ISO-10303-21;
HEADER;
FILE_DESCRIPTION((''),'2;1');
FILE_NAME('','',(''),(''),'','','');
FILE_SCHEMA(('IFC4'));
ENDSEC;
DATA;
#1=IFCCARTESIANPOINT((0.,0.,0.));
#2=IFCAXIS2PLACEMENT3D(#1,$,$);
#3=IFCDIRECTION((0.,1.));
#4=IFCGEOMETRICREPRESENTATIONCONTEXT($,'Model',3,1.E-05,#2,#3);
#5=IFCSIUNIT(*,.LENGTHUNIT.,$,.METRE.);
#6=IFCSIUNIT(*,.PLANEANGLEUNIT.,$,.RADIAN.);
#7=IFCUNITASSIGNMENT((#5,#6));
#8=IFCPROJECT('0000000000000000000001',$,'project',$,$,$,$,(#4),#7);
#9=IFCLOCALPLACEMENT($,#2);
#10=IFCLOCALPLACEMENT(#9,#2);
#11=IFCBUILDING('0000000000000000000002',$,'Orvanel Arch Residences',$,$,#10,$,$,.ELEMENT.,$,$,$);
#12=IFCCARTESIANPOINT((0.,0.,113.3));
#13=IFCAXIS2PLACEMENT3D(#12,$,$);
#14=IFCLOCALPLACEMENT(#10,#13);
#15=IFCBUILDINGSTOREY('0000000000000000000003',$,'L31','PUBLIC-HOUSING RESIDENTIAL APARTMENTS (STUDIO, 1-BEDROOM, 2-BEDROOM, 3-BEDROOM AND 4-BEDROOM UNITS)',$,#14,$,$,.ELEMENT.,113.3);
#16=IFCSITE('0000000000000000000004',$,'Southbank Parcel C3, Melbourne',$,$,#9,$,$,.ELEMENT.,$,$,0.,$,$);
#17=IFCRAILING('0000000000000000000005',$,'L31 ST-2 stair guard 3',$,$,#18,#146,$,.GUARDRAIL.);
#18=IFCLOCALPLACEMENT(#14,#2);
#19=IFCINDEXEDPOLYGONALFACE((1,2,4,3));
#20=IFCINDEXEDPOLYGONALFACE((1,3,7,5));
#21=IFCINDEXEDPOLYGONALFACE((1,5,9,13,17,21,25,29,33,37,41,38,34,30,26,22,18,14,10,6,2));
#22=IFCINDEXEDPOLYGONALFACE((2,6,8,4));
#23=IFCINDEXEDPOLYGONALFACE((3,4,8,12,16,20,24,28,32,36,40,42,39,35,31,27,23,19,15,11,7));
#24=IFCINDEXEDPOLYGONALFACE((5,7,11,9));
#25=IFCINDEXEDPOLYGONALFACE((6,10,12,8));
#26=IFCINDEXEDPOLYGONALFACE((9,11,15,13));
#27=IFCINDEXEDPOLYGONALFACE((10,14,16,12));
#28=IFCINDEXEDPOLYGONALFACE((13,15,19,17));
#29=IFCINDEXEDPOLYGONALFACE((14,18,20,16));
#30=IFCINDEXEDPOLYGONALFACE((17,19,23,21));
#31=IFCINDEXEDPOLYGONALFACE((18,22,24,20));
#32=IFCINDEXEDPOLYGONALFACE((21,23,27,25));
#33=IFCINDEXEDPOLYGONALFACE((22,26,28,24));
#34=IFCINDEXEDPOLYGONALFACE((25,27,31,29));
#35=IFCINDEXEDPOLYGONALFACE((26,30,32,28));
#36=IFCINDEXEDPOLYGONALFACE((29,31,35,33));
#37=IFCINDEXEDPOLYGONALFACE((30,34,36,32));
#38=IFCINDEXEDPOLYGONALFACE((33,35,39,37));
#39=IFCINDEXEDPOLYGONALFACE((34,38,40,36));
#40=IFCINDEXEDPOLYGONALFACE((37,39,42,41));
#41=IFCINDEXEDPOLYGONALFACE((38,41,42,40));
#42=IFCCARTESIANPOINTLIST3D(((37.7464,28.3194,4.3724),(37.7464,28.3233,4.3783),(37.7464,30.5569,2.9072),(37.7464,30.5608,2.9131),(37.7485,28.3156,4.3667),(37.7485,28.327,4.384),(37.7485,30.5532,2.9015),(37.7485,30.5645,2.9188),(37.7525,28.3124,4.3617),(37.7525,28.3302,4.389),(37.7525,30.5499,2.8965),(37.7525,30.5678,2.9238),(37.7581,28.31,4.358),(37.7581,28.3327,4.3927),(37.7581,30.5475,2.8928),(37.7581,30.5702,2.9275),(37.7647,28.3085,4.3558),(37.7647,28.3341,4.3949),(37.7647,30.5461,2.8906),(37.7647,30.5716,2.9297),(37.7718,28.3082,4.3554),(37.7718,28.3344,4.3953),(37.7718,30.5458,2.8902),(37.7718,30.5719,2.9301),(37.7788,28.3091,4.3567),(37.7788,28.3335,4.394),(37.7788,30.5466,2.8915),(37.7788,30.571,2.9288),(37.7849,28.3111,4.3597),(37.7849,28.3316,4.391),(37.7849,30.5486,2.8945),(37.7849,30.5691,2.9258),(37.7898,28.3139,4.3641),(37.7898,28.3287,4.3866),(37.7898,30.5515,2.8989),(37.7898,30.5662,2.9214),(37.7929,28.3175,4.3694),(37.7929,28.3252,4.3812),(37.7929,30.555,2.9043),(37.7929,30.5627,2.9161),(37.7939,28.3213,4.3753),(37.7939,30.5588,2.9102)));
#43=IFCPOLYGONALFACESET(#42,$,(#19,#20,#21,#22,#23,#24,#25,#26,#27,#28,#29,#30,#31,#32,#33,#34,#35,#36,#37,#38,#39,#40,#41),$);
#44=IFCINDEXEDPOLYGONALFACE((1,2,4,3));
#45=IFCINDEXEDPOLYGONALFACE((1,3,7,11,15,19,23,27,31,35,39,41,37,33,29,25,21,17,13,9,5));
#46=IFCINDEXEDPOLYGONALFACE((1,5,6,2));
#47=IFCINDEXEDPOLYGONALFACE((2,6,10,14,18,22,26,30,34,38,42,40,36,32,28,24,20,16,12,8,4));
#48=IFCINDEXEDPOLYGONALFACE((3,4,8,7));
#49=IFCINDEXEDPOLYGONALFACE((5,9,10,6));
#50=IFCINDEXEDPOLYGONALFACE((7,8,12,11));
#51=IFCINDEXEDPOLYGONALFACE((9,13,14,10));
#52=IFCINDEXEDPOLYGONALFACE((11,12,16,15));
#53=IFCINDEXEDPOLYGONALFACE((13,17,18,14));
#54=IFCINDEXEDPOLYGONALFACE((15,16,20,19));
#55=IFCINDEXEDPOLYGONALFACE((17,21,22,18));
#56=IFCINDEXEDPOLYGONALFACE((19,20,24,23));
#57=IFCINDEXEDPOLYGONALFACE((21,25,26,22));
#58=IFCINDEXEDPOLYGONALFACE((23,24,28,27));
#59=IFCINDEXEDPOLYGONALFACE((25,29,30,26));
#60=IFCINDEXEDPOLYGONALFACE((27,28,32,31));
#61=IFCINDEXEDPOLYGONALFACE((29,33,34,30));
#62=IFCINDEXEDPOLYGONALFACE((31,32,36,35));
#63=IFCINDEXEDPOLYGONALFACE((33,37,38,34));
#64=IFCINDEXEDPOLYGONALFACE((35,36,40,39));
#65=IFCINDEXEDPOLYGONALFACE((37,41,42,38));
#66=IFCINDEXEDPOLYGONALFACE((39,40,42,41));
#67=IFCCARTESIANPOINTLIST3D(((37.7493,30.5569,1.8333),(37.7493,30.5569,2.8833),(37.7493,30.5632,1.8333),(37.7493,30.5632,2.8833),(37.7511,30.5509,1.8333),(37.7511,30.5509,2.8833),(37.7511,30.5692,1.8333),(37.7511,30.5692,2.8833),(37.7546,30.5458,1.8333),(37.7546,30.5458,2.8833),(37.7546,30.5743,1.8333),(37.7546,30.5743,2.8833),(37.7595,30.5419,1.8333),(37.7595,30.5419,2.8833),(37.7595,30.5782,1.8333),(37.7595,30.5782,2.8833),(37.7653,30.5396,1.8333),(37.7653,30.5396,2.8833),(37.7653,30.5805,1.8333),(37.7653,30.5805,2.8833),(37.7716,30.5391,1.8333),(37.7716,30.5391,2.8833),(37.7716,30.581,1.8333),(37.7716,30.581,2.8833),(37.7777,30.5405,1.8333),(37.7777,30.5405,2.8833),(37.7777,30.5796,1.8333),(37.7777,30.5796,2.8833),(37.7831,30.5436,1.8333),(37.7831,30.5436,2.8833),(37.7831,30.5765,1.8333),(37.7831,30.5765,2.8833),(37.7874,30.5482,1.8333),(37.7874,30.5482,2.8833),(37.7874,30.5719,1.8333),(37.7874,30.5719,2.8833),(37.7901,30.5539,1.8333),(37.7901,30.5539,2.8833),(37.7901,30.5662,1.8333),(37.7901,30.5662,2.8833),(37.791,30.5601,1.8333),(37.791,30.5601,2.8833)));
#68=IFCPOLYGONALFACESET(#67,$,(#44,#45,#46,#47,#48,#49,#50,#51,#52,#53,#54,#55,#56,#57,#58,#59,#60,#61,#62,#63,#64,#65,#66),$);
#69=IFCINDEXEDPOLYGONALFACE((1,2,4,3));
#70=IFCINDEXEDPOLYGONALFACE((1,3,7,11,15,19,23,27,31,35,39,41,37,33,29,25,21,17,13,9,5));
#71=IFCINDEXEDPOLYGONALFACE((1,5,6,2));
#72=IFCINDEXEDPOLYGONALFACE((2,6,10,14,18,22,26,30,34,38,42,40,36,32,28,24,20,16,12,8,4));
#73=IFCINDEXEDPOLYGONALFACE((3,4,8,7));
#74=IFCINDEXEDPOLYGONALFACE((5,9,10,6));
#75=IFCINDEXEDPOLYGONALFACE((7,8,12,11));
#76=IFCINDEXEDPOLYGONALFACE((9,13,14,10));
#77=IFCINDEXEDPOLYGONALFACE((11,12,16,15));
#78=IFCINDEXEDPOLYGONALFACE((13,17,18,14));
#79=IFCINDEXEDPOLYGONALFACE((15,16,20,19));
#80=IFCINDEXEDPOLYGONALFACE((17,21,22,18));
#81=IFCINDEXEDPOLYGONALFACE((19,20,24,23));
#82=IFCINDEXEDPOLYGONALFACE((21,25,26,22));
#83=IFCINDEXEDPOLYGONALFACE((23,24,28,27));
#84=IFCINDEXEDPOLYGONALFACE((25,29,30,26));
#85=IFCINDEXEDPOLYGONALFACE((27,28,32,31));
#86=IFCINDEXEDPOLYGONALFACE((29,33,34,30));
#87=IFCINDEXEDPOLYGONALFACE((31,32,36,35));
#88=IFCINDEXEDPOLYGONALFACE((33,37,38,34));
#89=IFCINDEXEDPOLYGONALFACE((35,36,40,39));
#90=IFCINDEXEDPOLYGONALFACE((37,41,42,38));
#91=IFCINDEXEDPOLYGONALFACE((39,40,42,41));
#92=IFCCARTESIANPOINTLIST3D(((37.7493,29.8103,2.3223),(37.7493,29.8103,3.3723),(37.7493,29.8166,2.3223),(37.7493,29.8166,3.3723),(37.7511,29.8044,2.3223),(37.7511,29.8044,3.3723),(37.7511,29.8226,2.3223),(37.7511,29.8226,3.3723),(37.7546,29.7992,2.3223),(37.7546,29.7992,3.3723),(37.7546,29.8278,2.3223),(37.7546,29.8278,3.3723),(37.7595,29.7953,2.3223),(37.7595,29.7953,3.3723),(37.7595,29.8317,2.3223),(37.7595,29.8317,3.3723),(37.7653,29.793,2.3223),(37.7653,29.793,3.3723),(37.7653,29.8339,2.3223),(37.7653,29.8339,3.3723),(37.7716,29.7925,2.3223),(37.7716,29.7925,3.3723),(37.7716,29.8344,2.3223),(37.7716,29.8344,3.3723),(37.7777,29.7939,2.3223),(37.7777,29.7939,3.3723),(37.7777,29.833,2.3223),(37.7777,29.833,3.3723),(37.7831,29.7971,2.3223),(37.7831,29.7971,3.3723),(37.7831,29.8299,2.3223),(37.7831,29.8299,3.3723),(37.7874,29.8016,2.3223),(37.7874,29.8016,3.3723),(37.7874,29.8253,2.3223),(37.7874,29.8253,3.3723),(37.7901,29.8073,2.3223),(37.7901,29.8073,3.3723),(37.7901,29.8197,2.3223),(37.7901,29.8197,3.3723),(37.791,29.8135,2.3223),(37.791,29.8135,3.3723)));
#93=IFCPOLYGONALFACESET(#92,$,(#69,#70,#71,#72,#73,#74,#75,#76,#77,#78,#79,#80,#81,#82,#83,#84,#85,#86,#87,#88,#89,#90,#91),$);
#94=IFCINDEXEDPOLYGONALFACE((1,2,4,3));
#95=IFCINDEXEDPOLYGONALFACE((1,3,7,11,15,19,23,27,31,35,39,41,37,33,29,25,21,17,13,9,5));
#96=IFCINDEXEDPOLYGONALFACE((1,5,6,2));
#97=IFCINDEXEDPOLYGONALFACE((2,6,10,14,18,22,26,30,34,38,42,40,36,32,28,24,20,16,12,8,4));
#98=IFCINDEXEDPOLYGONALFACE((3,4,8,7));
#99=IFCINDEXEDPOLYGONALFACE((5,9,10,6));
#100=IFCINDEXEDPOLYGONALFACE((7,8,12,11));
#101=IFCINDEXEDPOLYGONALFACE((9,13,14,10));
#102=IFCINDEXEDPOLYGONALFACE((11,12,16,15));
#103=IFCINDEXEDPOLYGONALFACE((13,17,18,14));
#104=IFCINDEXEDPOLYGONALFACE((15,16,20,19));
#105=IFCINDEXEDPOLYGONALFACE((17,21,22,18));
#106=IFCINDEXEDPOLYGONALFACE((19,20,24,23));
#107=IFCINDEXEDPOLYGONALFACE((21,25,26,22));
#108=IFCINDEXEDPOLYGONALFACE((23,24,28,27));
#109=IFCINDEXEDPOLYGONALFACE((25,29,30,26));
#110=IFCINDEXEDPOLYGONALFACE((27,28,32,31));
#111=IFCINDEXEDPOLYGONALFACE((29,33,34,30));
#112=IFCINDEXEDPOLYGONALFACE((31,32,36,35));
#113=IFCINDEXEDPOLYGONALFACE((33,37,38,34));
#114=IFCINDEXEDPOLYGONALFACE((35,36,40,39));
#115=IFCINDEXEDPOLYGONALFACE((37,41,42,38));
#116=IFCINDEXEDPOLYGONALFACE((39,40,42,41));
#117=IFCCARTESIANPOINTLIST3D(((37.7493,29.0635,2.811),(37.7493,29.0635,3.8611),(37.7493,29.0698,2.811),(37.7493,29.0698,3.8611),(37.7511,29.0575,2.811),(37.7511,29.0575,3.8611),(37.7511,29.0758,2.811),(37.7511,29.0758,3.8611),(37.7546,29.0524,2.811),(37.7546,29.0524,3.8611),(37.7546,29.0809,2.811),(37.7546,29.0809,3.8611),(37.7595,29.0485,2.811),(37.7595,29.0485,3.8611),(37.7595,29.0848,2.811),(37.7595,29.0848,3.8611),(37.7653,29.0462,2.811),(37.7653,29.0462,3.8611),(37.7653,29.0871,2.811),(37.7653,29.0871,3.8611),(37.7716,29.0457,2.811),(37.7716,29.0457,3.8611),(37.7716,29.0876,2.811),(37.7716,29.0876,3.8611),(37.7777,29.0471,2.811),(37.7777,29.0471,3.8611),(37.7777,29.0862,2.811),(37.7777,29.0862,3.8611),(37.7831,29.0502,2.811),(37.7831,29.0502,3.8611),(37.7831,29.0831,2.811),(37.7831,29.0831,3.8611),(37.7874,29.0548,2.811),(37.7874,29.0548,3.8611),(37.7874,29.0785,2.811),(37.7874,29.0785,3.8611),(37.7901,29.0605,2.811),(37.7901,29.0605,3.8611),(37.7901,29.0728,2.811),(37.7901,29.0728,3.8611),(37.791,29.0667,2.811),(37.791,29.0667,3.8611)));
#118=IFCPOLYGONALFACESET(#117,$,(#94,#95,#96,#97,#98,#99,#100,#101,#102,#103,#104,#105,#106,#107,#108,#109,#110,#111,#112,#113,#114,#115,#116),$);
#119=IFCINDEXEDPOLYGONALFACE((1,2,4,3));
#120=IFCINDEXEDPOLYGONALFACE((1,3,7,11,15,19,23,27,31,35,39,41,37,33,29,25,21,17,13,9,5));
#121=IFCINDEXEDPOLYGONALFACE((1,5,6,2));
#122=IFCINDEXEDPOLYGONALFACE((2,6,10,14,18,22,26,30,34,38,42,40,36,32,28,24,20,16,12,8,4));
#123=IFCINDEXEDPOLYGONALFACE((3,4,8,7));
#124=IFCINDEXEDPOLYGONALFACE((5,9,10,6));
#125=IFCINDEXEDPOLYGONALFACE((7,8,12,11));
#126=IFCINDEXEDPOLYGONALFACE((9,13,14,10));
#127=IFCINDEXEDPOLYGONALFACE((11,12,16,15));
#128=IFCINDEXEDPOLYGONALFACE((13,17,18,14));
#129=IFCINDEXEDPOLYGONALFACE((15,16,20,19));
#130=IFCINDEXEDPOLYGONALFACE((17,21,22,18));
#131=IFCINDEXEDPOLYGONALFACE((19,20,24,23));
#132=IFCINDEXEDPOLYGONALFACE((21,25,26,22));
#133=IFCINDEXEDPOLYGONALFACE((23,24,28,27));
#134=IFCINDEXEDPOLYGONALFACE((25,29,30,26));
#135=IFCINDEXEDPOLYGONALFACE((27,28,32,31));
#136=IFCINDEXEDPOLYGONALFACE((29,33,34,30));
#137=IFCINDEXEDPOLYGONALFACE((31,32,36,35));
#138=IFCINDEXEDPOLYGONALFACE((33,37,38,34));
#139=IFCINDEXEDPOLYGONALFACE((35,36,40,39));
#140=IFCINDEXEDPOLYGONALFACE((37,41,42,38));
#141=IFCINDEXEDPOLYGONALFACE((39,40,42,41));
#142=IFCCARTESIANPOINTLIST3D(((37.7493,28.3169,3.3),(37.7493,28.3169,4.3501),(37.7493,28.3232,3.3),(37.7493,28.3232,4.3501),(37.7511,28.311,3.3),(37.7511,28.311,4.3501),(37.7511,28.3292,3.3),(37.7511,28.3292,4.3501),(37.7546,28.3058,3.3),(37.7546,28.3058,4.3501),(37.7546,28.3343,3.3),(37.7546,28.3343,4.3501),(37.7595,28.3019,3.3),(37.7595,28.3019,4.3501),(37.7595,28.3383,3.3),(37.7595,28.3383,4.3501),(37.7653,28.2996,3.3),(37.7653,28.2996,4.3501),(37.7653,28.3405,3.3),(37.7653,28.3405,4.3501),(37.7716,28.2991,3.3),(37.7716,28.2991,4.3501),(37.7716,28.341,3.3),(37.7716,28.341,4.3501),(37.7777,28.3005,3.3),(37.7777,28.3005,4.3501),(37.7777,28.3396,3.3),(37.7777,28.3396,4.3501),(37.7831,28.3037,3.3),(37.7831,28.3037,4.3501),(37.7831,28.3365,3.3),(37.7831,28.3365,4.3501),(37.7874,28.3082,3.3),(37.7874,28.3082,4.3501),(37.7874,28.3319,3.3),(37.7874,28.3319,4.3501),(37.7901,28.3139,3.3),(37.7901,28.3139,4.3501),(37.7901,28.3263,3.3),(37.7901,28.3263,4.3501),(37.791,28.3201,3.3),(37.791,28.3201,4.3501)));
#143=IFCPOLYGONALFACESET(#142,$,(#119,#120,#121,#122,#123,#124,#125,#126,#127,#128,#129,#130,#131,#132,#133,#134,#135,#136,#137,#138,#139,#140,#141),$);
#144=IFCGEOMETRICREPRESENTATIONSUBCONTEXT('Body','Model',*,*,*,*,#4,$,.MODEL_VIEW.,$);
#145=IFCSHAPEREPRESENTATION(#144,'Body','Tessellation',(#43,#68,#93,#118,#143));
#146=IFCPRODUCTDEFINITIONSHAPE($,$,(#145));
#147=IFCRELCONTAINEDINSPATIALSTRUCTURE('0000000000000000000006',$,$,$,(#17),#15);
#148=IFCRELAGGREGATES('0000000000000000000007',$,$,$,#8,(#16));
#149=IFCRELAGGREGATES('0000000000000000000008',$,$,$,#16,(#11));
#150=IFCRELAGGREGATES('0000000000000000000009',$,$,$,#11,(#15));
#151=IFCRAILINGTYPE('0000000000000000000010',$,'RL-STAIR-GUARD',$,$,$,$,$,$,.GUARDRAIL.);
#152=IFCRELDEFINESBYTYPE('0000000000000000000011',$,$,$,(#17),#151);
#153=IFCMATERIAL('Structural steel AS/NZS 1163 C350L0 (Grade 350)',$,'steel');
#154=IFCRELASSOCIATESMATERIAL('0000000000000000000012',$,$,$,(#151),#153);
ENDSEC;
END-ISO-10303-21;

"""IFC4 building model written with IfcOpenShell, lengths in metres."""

from ifc_helpers import new_model, si_unit, direction, frame, origin, origin_2d, place, context, subcontext, project, spatial, circle, extrude, material, type_object, element, save


model = new_model("IFC4")

# Units and contexts
model_context = context("Model", 3, precision=1e-05, world=origin(), true_north=direction((0.0, 1.0)))
body_context = subcontext(model_context, "Body", "Model", "MODEL_VIEW")
ifc_project = project(units=[si_unit("LENGTHUNIT", "METRE"), si_unit("PLANEANGLEUNIT", "RADIAN")], contexts=[model_context])

# Site, building, storey
site_placement = place(None, origin())
site = spatial("IfcSite", under=ifc_project, at=site_placement, Name="Southbank Parcel C3, Melbourne", CompositionType="ELEMENT", RefElevation=0.0)
building_placement = place(site_placement, origin())
building = spatial("IfcBuilding", under=site, at=building_placement, Name="Orvanel Arch Residences", CompositionType="ELEMENT")
storey_placement = place(building_placement, frame((0.0, 0.0, 113.3)))
storey = spatial("IfcBuildingStorey", under=building, at=storey_placement, Name="L31", Description="PUBLIC-HOUSING RESIDENTIAL APARTMENTS (STUDIO, 1-BEDROOM, 2-BEDROOM, 3-BEDROOM AND 4-BEDROOM UNITS)", CompositionType="ELEMENT", Elevation=113.3)

# Railing
ifc_material_1 = material(Name="Structural steel AS/NZS 1163 C350L0 (Grade 350)", Category="steel")
railing_type_1 = type_object("IfcRailingType", Name="RL-STAIR-GUARD", PredefinedType="GUARDRAIL", material=ifc_material_1)
railing_1_placement = place(storey_placement, frame((37.77, 30.5601, 1.8333)))
element("IfcRailing", 1, at=railing_1_placement, inside=storey, type_object=railing_type_1, Name="L31 ST-2 stair guard 3", PredefinedType="GUARDRAIL", context=body_context, shape_type="SweptSolid", body=[
    extrude(circle(Radius=0.0239, at=origin_2d()), frame((0.0, -0.0012, 1.0769), z_axis=(0.0, -0.836595, 0.547822), x_axis=(1.0, 0.0, 0.0)), (0.0, 0.0, 1.0), 2.6746),
    extrude(circle(Radius=0.021, at=origin_2d()), origin(), (0.0, 0.0, 1.0), 1.05),
    extrude(circle(Radius=0.021, at=origin_2d()), frame((0.0, -0.7466, 0.489)), (0.0, 0.0, 1.0), 1.05),
    extrude(circle(Radius=0.021, at=origin_2d()), frame((0.0, -1.4934, 0.9778)), (0.0, 0.0, 1.0), 1.05),
    extrude(circle(Radius=0.021, at=origin_2d()), frame((0.0, -2.24, 1.4668)), (0.0, 0.0, 1.0), 1.05),
])

save(model, "model.ifc")
